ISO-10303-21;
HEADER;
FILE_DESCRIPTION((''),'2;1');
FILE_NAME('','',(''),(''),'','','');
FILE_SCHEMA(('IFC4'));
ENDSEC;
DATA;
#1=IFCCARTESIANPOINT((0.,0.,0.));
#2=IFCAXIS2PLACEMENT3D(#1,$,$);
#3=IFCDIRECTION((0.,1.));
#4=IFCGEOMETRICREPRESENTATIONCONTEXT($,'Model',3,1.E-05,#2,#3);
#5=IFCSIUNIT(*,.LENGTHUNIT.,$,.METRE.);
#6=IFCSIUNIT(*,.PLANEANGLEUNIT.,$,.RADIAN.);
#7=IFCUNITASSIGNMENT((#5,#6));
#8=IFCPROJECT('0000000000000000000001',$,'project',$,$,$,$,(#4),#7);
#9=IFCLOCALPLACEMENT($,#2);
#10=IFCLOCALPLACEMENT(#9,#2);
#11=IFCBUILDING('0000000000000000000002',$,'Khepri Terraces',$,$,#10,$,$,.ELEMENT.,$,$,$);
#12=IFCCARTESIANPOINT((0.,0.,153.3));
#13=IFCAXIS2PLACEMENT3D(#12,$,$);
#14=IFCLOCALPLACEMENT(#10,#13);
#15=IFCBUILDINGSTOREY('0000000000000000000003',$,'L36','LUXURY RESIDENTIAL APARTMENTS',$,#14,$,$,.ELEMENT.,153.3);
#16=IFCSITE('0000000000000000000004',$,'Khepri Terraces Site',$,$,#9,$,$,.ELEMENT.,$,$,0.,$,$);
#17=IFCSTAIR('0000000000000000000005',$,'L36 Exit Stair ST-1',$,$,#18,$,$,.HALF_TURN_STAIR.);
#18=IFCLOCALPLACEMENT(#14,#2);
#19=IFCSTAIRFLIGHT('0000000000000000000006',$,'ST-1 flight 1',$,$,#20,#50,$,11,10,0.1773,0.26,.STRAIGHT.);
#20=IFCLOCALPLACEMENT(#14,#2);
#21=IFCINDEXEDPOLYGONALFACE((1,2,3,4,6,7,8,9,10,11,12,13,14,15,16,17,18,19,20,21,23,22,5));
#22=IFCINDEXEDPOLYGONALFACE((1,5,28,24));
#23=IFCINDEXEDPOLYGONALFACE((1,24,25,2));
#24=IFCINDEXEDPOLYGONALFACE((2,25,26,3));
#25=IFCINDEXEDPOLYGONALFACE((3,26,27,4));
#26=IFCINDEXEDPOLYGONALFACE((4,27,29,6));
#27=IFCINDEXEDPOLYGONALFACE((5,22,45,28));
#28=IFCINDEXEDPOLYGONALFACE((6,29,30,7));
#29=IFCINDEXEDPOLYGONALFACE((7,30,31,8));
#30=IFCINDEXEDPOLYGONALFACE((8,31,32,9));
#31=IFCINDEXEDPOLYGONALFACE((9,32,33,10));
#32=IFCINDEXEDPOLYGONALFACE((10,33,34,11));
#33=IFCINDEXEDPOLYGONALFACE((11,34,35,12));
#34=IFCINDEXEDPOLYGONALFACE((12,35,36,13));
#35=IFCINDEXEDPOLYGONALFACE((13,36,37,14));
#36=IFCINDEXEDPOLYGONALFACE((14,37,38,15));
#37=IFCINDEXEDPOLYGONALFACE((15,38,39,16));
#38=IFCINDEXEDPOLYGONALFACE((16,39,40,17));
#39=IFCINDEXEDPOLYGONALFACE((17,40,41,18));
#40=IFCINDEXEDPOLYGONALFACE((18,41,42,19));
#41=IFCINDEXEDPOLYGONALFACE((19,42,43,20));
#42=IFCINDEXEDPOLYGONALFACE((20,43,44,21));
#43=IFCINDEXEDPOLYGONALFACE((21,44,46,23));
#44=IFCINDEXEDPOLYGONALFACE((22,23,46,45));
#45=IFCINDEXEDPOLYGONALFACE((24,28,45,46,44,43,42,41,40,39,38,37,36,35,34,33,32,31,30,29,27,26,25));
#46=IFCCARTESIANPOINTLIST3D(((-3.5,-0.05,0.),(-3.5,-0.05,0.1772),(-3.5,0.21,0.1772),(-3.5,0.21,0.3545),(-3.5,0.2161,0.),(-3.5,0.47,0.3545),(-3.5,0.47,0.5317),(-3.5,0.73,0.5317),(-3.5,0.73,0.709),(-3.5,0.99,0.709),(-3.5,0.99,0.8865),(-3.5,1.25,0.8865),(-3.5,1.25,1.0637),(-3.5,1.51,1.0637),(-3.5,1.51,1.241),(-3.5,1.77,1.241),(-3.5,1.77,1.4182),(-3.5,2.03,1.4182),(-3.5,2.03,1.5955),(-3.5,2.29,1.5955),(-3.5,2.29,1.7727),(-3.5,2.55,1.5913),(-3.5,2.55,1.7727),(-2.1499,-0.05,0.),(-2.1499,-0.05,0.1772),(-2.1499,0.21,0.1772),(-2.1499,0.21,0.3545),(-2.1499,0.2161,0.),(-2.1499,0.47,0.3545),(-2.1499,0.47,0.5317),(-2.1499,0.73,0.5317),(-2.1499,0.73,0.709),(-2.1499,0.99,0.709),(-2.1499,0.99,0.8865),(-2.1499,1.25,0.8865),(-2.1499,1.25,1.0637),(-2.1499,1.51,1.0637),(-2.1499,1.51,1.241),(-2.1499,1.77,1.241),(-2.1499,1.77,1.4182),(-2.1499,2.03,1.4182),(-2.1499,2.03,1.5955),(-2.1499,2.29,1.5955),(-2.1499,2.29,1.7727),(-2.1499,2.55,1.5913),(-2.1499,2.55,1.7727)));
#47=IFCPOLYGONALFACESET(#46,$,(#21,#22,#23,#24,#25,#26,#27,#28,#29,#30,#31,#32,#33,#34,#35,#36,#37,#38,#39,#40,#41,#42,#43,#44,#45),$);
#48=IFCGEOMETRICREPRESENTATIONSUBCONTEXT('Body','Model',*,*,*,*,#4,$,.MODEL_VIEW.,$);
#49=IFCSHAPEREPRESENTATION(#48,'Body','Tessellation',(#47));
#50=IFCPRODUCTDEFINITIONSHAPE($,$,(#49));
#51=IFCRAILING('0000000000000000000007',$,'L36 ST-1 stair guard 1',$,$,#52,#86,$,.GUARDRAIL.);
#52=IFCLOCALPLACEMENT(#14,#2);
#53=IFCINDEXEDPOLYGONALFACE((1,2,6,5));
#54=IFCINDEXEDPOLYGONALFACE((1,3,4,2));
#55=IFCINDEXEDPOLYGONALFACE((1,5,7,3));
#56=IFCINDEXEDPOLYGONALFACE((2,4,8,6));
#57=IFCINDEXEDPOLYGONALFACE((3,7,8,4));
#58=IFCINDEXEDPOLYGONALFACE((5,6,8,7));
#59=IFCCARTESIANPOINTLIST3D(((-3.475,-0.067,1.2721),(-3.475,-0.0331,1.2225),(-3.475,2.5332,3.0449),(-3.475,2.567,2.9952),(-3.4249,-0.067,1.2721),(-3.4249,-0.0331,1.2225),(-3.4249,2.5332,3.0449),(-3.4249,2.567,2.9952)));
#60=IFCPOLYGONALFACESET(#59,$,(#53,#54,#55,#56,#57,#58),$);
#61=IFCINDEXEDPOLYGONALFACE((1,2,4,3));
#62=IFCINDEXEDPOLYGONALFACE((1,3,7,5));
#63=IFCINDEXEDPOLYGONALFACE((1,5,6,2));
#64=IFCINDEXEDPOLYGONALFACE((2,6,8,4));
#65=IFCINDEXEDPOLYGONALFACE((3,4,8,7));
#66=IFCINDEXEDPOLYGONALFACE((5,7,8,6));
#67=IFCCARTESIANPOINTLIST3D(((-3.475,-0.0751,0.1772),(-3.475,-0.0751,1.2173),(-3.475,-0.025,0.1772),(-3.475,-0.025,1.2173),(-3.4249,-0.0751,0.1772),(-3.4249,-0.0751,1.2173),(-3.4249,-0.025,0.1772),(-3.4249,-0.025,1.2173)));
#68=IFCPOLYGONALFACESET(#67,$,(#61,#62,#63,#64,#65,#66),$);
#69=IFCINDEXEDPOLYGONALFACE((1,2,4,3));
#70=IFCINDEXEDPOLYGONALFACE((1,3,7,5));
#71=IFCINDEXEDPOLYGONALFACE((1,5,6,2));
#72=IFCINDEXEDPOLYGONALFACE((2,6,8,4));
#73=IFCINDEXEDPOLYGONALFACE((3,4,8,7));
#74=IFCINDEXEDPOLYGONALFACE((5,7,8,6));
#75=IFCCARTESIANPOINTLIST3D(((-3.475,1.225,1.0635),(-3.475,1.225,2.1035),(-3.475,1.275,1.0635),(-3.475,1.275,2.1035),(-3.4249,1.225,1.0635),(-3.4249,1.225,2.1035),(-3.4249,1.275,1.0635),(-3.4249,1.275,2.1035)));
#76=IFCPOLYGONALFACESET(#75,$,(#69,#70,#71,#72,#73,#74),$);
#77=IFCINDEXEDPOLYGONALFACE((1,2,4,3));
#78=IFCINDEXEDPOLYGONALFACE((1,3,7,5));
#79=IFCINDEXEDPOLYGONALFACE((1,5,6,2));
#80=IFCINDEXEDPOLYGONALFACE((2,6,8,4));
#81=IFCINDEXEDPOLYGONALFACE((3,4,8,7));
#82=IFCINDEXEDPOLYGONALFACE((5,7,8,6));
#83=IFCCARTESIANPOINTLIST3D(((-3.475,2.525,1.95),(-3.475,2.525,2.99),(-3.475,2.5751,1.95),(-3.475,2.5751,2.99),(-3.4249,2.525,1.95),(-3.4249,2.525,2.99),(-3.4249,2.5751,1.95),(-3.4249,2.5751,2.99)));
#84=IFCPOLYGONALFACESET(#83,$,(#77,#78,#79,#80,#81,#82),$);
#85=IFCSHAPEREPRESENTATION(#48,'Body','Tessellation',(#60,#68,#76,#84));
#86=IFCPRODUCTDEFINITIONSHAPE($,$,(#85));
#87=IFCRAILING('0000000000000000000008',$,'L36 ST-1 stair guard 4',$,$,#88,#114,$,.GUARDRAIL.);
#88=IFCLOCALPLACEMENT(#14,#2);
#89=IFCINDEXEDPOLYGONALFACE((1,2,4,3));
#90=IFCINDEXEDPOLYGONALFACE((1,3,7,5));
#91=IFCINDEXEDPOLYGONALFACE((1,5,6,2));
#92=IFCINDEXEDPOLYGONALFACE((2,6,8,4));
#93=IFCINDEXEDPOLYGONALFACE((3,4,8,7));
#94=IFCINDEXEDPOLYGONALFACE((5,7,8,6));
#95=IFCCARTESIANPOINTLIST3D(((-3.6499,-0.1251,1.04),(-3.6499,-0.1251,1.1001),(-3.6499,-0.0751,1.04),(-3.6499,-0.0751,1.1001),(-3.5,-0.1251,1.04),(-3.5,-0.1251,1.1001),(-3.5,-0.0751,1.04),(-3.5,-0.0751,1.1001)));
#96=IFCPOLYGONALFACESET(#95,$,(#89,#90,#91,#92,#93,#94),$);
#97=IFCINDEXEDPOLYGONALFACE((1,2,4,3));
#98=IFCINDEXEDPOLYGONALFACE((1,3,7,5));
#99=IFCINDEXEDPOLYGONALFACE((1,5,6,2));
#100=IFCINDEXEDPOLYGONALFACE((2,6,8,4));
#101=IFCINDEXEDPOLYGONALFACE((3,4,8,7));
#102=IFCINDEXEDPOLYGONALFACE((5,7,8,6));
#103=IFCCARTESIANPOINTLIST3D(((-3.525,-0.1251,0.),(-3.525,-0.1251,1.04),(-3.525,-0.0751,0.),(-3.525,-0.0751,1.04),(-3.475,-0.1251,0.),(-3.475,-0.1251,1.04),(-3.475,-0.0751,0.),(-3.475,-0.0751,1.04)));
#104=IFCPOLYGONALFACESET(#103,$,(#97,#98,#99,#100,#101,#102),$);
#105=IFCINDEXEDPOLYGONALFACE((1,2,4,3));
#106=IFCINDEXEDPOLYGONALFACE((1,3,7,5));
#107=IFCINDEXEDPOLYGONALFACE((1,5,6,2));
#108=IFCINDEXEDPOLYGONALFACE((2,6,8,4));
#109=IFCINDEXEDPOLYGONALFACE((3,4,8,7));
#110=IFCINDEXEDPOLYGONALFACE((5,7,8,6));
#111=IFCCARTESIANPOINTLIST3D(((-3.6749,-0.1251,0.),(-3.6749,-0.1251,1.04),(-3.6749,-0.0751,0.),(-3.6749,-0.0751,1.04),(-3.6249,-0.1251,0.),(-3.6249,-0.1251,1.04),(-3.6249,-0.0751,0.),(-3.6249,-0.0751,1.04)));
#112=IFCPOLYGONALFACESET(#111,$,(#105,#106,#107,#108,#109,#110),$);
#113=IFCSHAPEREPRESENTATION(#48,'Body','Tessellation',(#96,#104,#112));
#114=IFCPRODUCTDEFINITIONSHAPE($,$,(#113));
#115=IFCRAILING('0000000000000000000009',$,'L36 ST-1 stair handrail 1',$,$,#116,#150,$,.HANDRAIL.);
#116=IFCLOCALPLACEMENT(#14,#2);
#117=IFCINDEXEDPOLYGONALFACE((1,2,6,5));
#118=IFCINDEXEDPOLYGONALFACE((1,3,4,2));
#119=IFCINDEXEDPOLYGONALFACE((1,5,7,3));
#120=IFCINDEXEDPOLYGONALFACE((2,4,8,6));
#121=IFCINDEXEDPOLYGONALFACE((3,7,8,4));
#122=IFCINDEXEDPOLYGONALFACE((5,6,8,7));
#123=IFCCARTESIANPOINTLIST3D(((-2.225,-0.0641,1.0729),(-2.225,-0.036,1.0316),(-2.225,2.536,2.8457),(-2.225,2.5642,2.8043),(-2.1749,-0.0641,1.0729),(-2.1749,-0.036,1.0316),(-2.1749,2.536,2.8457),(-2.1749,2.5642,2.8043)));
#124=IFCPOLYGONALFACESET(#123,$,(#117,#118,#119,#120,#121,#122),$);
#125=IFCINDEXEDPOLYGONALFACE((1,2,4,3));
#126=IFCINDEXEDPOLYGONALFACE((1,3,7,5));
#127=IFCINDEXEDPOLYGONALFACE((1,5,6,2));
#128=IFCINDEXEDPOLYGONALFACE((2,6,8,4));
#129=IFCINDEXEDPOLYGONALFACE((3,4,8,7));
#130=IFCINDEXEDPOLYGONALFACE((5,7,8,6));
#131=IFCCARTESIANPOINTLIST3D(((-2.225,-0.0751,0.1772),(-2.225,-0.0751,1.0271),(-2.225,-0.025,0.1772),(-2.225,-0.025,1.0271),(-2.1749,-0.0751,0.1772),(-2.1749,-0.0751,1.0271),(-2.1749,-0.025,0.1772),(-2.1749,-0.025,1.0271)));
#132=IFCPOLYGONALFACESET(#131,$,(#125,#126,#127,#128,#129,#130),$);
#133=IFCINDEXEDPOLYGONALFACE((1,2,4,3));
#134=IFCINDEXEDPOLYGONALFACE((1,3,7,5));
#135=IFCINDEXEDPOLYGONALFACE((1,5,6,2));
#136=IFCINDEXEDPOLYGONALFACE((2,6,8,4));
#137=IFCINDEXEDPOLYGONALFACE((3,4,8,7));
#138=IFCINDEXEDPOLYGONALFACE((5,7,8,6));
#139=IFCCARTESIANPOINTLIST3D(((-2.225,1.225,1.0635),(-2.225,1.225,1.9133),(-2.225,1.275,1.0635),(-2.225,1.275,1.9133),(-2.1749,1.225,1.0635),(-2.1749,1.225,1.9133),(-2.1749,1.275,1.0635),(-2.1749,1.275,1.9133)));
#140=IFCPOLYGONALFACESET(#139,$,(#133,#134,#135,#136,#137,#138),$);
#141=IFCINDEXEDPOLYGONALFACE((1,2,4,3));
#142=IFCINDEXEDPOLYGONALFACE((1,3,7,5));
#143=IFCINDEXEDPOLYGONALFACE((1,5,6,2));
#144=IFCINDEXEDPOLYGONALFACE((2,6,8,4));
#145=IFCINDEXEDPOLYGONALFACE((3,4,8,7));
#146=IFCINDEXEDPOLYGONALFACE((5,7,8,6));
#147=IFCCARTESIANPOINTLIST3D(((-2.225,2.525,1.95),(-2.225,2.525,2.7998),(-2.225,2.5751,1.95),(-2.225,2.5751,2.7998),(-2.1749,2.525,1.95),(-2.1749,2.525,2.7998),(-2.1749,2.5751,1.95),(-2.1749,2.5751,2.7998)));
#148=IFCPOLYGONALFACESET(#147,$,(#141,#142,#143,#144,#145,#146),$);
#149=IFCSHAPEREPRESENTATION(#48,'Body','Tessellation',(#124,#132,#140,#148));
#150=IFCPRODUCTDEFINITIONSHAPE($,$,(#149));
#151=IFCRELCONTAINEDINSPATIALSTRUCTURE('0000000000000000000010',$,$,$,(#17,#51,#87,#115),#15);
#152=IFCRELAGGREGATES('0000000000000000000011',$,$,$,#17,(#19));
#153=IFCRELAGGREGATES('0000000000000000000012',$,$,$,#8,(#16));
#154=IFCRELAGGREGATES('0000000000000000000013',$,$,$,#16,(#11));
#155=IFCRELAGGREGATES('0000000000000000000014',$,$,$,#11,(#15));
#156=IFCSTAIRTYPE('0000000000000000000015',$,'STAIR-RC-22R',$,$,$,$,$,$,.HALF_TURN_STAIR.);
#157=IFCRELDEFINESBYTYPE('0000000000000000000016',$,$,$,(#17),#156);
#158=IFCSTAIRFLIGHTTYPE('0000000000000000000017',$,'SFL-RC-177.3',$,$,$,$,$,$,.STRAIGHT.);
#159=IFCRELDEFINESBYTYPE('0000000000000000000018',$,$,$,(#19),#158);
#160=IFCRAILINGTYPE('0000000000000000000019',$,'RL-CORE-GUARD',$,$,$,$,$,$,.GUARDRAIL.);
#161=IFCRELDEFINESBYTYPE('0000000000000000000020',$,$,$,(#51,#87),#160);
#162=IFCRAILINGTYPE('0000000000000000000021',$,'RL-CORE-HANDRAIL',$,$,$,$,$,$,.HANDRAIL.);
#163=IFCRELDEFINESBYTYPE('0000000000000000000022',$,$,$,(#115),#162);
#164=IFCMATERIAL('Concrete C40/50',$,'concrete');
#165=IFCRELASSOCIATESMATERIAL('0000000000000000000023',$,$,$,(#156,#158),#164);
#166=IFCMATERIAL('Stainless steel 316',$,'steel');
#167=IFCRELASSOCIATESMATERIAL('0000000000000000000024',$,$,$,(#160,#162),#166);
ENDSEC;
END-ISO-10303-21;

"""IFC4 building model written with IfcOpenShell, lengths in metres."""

from ifc_helpers import new_model, si_unit, direction, frame, origin, origin_2d, place, context, subcontext, project, spatial, polyline, rectangle, outline, extrude, material, type_object, element, aggregate, save


model = new_model("IFC4")

# Units and contexts
model_context = context("Model", 3, precision=1e-05, world=origin(), true_north=direction((0.0, 1.0)))
body_context = subcontext(model_context, "Body", "Model", "MODEL_VIEW")
ifc_project = project(units=[si_unit("LENGTHUNIT", "METRE"), si_unit("PLANEANGLEUNIT", "RADIAN")], contexts=[model_context])

# Site, building, storey
site_placement = place(None, origin())
site = spatial("IfcSite", under=ifc_project, at=site_placement, Name="Khepri Terraces Site", CompositionType="ELEMENT", RefElevation=0.0)
building_placement = place(site_placement, origin())
building = spatial("IfcBuilding", under=site, at=building_placement, Name="Khepri Terraces", CompositionType="ELEMENT")
storey_placement = place(building_placement, frame((0.0, 0.0, 153.3)))
storey = spatial("IfcBuildingStorey", under=building, at=storey_placement, Name="L36", Description="LUXURY RESIDENTIAL APARTMENTS", CompositionType="ELEMENT", Elevation=153.3)

# Stair, stair flight
ifc_material_1 = material(Name="Concrete C40/50", Category="concrete")
stair_type = type_object("IfcStairType", Name="STAIR-RC-22R", PredefinedType="HALF_TURN_STAIR", material=ifc_material_1)
stair_placement = place(storey_placement, origin())
stair = element("IfcStair", 1, at=stair_placement, inside=storey, type_object=stair_type, Name="L36 Exit Stair ST-1", PredefinedType="HALF_TURN_STAIR")
stair_flight_type = type_object("IfcStairFlightType", Name="SFL-RC-177.3", PredefinedType="STRAIGHT", material=ifc_material_1)
stair_flight_placement = place(storey_placement, frame((-2.825, -0.05, 0.0), z_axis=(0.0, 0.0, 1.0), x_axis=(0.0, 1.0, 0.0)))
stair_flight = element("IfcStairFlight", 2, at=stair_flight_placement, type_object=stair_flight_type, Name="ST-1 flight 1", NumberOfRisers=11, NumberOfTreads=10, PredefinedType="STRAIGHT", RiserHeight=0.1773, TreadLength=0.26, context=body_context, shape_type="SweptSolid", body=[
    extrude(outline(polyline([(0.0, 0.0), (0.0, 0.1772), (0.26, 0.1772), (0.26, 0.3545), (0.52, 0.3545), (0.52, 0.5317), (0.78, 0.5317), (0.78, 0.709), (1.04, 0.709), (1.04, 0.8865), (1.3, 0.8865), (1.3, 1.0637), (1.5601, 1.0637), (1.5601, 1.241), (1.8201, 1.241), (1.8201, 1.4182), (2.0801, 1.4182), (2.0801, 1.5955), (2.3401, 1.5955), (2.3401, 1.7727), (2.6001, 1.7727), (2.6001, 1.95), (2.6001, 1.5913), (0.2661, 0.0), (0.0, 0.0)])), frame((0.0, 0.675, 0.0), z_axis=(0.0, -1.0, 0.0), x_axis=(1.0, 0.0, 0.0)), (0.0, 0.0, 1.0), 1.3501),
])
aggregate(stair, [stair_flight])

# Railings
ifc_material_2 = material(Name="Stainless steel 316", Category="steel")
railing_type_1 = type_object("IfcRailingType", Name="RL-CORE-GUARD", PredefinedType="GUARDRAIL", material=ifc_material_2)
railing_1_placement = place(storey_placement, frame((-3.45, -0.05, 0.1772)))
element("IfcRailing", 3, at=railing_1_placement, inside=storey, type_object=railing_type_1, Name="L36 ST-1 stair guard 1", PredefinedType="GUARDRAIL", context=body_context, shape_type="SweptSolid", body=[
    extrude(rectangle(XDim=0.05, YDim=0.0601, at=origin_2d()), frame((0.0, 0.0, 1.0701), z_axis=(0.0, 0.82624, 0.563318), x_axis=(-1.0, 0.0, 0.0)), (0.0, 0.0, 1.0), 3.147),
    extrude(rectangle(XDim=0.05, YDim=0.05, at=origin_2d()), origin(), (0.0, 0.0, 1.0), 1.04),
    extrude(rectangle(XDim=0.05, YDim=0.05, at=origin_2d()), frame((0.0, 1.3, 0.8862)), (0.0, 0.0, 1.0), 1.04),
    extrude(rectangle(XDim=0.05, YDim=0.05, at=origin_2d()), frame((0.0, 2.6001, 1.7727)), (0.0, 0.0, 1.0), 1.04),
])
railing_2_placement = place(storey_placement, frame((-3.5, -0.1001, 0.0)))
element("IfcRailing", 4, at=railing_2_placement, inside=storey, type_object=railing_type_1, Name="L36 ST-1 stair guard 4", PredefinedType="GUARDRAIL", context=body_context, shape_type="SweptSolid", body=[
    extrude(rectangle(XDim=0.05, YDim=0.0601, at=origin_2d()), frame((0.0, 0.0, 1.0701), z_axis=(-1.0, 0.0, 0.0), x_axis=(0.0, -1.0, 0.0)), (0.0, 0.0, 1.0), 0.1499),
    extrude(rectangle(XDim=0.05, YDim=0.05, at=origin_2d()), origin(), (0.0, 0.0, 1.0), 1.04),
    extrude(rectangle(XDim=0.05, YDim=0.05, at=origin_2d()), frame((-0.1499, 0.0, 0.0)), (0.0, 0.0, 1.0), 1.04),
])
railing_type_2 = type_object("IfcRailingType", Name="RL-CORE-HANDRAIL", PredefinedType="HANDRAIL", material=ifc_material_2)
railing_3_placement = place(storey_placement, frame((-2.2, -0.05, 0.1772)))
element("IfcRailing", 5, at=railing_3_placement, inside=storey, type_object=railing_type_2, Name="L36 ST-1 stair handrail 1", PredefinedType="HANDRAIL", context=body_context, shape_type="SweptSolid", body=[
    extrude(rectangle(XDim=0.05, YDim=0.05, at=origin_2d()), frame((0.0, 0.0, 0.875), z_axis=(0.0, 0.82624, 0.563318), x_axis=(-1.0, 0.0, 0.0)), (0.0, 0.0, 1.0), 3.147),
    extrude(rectangle(XDim=0.05, YDim=0.05, at=origin_2d()), origin(), (0.0, 0.0, 1.0), 0.8499),
    extrude(rectangle(XDim=0.05, YDim=0.05, at=origin_2d()), frame((0.0, 1.3, 0.8862)), (0.0, 0.0, 1.0), 0.8499),
    extrude(rectangle(XDim=0.05, YDim=0.05, at=origin_2d()), frame((0.0, 2.6001, 1.7727)), (0.0, 0.0, 1.0), 0.8499),
])

save(model, "model.ifc")
